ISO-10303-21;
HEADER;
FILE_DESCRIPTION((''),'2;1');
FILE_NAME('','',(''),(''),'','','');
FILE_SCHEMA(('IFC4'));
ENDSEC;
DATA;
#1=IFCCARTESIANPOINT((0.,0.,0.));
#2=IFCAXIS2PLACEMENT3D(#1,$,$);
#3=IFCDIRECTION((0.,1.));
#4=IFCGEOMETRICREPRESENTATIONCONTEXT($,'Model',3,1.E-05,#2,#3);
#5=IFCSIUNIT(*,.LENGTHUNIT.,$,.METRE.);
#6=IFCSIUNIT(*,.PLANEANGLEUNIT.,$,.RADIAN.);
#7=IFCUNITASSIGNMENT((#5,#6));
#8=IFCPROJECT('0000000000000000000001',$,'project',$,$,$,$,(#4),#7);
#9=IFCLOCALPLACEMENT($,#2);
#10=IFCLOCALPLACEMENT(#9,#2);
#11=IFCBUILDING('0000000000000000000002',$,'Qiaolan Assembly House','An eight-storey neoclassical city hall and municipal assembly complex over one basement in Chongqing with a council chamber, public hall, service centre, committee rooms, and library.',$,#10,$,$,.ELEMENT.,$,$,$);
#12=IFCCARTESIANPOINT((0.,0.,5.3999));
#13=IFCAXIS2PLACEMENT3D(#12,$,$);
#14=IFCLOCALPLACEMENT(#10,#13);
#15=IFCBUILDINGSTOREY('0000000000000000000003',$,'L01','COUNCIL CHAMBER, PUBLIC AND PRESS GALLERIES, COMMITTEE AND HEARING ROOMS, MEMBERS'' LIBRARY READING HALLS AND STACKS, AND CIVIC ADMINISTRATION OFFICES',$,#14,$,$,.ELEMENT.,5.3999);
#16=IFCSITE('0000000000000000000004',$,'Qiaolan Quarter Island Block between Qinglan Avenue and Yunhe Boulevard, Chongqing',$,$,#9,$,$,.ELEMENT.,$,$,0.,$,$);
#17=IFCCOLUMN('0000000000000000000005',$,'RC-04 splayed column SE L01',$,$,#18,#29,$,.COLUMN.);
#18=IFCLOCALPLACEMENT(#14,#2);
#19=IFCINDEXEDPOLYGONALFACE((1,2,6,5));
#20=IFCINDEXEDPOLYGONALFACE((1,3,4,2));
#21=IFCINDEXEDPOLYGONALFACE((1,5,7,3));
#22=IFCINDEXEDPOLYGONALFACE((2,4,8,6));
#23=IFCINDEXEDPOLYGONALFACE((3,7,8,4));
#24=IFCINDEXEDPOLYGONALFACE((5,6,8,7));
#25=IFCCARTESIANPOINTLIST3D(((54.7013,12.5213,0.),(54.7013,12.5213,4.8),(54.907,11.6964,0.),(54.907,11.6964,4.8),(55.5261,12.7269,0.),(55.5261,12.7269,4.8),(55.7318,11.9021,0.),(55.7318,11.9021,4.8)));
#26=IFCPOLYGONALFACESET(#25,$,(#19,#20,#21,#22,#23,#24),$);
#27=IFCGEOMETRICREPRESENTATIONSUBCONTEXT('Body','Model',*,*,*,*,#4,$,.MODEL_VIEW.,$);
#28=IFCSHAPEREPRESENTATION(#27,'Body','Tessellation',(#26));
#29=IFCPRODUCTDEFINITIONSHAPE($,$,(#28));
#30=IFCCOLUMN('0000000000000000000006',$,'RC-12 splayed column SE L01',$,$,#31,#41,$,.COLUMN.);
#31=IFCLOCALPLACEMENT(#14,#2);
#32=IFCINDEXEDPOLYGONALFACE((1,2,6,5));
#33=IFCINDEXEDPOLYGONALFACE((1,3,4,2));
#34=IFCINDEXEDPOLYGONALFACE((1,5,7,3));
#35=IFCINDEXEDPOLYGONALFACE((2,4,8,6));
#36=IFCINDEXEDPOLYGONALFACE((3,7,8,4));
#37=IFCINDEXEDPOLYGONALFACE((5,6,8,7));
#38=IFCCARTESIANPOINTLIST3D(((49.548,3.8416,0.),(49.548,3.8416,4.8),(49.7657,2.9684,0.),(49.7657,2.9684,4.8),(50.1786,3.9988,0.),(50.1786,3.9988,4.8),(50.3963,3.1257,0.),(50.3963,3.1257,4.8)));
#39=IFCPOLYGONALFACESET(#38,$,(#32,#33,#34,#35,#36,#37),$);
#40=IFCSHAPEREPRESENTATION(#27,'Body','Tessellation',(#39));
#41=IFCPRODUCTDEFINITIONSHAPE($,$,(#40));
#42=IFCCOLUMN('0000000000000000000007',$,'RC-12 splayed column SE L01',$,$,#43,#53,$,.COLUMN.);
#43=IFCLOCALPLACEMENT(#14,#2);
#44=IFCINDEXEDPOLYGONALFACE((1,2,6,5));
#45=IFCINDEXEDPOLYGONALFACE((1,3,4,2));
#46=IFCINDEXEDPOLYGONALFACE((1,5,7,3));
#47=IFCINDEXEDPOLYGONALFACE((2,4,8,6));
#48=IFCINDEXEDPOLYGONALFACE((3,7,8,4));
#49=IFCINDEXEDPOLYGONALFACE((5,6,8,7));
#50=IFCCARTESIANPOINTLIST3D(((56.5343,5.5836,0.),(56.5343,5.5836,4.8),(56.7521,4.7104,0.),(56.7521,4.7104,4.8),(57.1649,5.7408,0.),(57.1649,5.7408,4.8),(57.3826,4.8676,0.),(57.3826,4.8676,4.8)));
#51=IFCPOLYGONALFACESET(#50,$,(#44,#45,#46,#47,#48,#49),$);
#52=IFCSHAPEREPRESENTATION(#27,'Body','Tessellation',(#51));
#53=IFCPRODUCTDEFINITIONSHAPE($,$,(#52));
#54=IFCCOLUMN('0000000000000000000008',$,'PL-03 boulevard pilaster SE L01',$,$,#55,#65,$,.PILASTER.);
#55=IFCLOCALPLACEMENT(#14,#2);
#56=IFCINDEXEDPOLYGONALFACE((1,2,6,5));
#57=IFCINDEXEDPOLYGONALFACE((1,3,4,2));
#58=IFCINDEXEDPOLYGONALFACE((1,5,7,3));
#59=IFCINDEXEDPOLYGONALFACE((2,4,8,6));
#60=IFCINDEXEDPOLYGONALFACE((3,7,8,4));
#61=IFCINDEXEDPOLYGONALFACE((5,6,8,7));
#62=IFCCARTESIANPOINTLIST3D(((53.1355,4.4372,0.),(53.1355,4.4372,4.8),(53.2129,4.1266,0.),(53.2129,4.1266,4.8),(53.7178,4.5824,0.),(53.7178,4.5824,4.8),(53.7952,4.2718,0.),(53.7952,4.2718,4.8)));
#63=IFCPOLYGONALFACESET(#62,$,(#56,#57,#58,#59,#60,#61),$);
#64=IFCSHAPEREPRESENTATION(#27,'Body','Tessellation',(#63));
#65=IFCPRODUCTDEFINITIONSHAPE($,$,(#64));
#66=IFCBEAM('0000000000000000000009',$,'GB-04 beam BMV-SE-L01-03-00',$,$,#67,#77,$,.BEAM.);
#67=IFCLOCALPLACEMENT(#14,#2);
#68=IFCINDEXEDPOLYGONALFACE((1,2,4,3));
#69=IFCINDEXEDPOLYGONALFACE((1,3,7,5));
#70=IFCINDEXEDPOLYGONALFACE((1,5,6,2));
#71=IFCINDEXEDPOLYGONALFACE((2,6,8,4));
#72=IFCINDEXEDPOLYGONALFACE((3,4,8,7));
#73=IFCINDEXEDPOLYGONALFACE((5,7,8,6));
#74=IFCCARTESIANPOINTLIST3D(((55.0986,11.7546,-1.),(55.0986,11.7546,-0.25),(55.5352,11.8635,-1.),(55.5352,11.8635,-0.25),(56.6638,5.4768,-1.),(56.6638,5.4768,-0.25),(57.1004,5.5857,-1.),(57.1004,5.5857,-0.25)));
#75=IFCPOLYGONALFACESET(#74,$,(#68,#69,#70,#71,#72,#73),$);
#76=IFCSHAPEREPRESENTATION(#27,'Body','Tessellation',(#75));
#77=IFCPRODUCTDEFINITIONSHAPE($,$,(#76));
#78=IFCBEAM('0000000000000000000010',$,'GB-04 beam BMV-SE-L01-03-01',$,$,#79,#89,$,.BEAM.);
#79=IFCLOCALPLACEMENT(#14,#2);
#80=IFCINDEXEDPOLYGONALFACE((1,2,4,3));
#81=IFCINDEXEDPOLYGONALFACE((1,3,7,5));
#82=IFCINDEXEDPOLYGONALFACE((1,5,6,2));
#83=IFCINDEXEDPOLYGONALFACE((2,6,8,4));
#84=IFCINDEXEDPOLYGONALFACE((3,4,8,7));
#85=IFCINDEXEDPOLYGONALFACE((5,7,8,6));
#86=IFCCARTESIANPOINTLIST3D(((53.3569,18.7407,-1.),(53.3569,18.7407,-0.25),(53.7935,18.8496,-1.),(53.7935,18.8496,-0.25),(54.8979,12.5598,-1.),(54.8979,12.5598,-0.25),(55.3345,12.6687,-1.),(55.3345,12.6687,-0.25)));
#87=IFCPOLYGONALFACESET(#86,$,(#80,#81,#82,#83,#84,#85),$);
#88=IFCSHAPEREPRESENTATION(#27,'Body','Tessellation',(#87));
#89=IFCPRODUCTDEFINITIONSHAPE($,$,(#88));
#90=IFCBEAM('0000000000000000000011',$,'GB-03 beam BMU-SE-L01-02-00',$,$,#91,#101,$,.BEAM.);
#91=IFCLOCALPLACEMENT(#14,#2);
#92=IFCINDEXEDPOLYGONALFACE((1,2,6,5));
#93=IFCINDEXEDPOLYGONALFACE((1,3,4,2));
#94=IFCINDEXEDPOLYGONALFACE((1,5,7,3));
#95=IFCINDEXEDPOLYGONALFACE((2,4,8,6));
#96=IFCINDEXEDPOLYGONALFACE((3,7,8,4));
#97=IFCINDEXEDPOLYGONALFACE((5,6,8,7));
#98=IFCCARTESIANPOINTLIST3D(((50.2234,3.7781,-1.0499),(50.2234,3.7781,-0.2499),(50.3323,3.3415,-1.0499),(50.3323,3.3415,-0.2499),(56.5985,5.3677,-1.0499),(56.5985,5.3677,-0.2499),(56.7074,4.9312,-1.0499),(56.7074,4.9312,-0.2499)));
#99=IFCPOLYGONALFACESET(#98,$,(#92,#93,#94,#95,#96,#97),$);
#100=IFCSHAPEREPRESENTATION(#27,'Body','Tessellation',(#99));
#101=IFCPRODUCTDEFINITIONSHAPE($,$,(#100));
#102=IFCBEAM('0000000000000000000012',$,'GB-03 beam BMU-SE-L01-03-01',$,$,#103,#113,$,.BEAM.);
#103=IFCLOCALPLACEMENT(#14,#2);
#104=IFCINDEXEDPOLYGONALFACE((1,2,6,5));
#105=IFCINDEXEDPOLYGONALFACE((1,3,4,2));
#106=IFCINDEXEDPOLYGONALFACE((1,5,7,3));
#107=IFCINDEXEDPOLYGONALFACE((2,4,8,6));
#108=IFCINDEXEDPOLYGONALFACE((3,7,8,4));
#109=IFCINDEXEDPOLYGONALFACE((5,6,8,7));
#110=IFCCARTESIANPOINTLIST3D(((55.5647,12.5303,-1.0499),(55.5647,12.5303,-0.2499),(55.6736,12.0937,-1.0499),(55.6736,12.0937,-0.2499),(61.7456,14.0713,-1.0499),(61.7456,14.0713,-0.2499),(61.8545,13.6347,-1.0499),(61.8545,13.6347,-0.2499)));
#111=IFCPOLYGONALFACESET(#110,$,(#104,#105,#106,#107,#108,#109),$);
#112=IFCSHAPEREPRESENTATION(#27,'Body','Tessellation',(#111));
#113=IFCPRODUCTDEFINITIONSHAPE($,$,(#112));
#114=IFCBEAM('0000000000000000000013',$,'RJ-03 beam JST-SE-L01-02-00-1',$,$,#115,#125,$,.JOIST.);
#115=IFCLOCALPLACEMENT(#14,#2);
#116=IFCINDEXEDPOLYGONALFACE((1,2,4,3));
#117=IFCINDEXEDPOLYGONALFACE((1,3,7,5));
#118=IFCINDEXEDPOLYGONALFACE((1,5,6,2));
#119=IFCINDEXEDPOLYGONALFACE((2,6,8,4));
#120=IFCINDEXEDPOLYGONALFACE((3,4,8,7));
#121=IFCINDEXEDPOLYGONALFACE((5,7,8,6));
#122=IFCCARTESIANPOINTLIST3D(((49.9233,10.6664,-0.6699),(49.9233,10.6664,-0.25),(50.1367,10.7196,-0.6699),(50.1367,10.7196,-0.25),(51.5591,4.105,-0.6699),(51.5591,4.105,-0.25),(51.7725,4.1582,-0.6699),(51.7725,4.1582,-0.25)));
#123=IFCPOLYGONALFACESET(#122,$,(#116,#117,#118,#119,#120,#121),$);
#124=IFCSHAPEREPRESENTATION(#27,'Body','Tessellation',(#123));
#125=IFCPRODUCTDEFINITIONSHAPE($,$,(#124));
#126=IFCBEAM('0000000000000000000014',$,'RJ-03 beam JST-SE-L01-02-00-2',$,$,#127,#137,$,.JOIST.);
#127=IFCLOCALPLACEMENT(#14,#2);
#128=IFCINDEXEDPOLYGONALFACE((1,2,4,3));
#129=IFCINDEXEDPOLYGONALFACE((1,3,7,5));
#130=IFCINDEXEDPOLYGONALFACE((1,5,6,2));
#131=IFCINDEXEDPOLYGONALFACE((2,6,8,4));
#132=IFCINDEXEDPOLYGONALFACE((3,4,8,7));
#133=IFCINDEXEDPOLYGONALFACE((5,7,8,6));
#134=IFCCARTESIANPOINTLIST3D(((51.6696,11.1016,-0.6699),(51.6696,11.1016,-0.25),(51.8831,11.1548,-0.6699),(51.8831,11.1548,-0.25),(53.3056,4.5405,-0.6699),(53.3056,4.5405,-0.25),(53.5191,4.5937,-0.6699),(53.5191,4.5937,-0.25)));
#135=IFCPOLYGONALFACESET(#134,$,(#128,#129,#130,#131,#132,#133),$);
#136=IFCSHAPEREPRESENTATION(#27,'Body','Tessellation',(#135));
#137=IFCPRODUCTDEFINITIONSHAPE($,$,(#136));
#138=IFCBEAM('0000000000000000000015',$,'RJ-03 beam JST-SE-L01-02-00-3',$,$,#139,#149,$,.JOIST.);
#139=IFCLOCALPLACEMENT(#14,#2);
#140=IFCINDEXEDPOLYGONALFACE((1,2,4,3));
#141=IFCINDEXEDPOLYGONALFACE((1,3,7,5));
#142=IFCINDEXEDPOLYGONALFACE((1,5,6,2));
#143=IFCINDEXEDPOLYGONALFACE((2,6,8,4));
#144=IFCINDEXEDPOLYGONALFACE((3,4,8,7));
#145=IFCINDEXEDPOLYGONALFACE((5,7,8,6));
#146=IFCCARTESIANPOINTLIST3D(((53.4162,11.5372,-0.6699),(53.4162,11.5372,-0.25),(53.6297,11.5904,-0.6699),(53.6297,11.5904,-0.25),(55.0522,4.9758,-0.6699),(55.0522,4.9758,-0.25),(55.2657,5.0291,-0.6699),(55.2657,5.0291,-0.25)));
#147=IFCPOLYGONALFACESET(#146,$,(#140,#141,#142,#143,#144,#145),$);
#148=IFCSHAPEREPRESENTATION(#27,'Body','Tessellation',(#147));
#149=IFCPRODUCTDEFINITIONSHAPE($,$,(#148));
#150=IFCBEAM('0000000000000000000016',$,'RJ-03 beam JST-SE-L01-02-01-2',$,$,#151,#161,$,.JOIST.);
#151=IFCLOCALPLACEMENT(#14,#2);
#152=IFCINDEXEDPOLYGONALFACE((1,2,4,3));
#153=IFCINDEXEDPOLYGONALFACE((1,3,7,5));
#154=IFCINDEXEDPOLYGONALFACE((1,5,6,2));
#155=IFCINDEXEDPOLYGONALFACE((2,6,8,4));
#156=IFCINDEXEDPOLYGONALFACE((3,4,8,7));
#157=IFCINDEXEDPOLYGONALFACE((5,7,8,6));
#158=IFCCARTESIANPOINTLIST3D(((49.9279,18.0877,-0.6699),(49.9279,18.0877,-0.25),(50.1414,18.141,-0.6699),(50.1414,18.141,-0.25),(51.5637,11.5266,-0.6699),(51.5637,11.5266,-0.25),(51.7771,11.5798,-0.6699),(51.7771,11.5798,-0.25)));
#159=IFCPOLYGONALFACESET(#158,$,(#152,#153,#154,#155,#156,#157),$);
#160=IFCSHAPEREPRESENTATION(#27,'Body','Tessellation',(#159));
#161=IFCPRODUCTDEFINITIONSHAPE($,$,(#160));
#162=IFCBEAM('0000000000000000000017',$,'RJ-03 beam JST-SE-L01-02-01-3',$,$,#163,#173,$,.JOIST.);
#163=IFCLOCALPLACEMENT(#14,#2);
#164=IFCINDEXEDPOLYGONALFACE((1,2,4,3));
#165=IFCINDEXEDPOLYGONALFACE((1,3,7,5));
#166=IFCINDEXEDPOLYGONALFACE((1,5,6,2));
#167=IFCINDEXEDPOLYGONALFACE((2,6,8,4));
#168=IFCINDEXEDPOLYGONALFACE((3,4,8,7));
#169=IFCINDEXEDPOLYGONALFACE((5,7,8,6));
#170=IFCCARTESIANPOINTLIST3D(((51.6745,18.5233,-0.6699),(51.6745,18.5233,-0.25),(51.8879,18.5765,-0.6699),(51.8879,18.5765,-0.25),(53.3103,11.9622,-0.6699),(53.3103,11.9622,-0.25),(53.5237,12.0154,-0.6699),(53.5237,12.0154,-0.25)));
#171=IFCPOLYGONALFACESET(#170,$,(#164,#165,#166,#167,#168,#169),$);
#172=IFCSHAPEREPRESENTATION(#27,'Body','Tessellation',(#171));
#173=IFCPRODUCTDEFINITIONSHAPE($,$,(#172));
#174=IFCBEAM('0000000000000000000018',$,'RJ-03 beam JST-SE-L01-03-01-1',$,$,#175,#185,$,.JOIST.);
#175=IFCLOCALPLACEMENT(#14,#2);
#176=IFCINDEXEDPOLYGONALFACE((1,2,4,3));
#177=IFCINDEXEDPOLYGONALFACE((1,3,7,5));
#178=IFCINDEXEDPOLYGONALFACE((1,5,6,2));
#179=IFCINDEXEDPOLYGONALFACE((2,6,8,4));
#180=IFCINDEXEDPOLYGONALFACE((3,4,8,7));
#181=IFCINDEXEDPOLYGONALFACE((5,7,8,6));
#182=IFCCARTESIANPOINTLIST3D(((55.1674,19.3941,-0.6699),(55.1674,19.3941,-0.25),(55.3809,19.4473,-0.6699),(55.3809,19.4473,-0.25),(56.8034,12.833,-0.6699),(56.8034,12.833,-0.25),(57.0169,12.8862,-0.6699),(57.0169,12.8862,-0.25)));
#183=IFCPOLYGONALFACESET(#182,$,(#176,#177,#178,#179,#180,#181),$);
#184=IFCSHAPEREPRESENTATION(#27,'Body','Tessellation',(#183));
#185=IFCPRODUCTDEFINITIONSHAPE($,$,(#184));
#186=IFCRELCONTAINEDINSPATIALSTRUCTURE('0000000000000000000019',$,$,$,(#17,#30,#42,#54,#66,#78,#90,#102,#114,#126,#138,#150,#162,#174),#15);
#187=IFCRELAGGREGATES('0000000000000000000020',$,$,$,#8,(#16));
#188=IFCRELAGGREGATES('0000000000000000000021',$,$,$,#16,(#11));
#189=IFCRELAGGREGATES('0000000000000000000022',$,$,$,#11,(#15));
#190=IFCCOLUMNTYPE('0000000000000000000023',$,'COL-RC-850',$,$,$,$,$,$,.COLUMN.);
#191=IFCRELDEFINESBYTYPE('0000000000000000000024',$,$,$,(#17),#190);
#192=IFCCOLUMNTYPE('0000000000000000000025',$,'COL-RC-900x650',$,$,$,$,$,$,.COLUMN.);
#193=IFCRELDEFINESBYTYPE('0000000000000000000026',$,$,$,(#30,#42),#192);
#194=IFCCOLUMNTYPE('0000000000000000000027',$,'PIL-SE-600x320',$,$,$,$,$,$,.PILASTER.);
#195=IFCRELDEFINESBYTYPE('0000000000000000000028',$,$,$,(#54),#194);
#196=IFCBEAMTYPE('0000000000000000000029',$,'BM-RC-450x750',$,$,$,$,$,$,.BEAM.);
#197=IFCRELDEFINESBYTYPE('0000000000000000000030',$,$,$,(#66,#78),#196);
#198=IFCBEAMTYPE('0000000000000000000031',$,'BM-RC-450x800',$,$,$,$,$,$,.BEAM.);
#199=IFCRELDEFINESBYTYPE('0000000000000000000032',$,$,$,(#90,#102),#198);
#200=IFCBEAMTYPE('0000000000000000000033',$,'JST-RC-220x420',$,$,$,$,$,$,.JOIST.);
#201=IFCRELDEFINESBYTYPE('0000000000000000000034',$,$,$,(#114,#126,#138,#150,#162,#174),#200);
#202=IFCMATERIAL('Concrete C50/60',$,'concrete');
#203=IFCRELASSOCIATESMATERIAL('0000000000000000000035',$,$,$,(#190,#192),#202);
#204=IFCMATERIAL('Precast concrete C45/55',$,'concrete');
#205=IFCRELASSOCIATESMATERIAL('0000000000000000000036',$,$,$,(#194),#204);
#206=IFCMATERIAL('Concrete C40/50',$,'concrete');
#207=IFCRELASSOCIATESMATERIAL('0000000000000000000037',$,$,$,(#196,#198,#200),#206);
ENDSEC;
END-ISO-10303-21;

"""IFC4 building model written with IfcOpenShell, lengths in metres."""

from ifc_helpers import new_model, si_unit, direction, frame, origin, origin_2d, place, context, subcontext, project, spatial, rectangle, extrude, material, material_profile, profile_set, type_object, element, save


model = new_model("IFC4")

# Units and contexts
model_context = context("Model", 3, precision=1e-05, world=origin(), true_north=direction((0.0, 1.0)))
body_context = subcontext(model_context, "Body", "Model", "MODEL_VIEW")
ifc_project = project(units=[si_unit("LENGTHUNIT", "METRE"), si_unit("PLANEANGLEUNIT", "RADIAN")], contexts=[model_context])

# Site, building, storey
site_placement = place(None, origin())
site = spatial("IfcSite", under=ifc_project, at=site_placement, Name="Qiaolan Quarter Island Block between Qinglan Avenue and Yunhe Boulevard, Chongqing", CompositionType="ELEMENT", RefElevation=0.0)
building_placement = place(site_placement, origin())
building = spatial("IfcBuilding", under=site, at=building_placement, Name="Qiaolan Assembly House", Description="An eight-storey neoclassical city hall and municipal assembly complex over one basement in Chongqing with a council chamber, public hall, service centre, committee rooms, and library.", CompositionType="ELEMENT")
storey_placement = place(building_placement, frame((0.0, 0.0, 5.3999)))
storey = spatial("IfcBuildingStorey", under=building, at=storey_placement, Name="L01", Description="COUNCIL CHAMBER, PUBLIC AND PRESS GALLERIES, COMMITTEE AND HEARING ROOMS, MEMBERS' LIBRARY READING HALLS AND STACKS, AND CIVIC ADMINISTRATION OFFICES", CompositionType="ELEMENT", Elevation=5.3999)

# Columns
ifc_material_1 = material(Name="Concrete C50/60", Category="concrete")
ifc_material_profile_1 = material_profile(ifc_material_1, rectangle(XDim=0.8501, YDim=0.8501, at=origin_2d()), Name="RC 850x850")
ifc_profile_set_1 = profile_set([ifc_material_profile_1], Name="Concrete C50/60")
column_type_1 = type_object("IfcColumnType", Name="COL-RC-850", PredefinedType="COLUMN", material=ifc_profile_set_1)
column_1_placement = place(storey_placement, frame((55.2166, 12.2117, 0.0), z_axis=(0.0, 0.0, 1.0), x_axis=(0.970296, 0.241922, 0.0)))
element("IfcColumn", 1, at=column_1_placement, inside=storey, type_object=column_type_1, Name="RC-04 splayed column SE L01", PredefinedType="COLUMN", context=body_context, shape_type="SweptSolid", body=[
    extrude(rectangle(XDim=0.8501, YDim=0.8501, at=origin_2d()), origin(), (0.0, 0.0, 1.0), 4.8),
])
ifc_material_profile_2 = material_profile(ifc_material_1, rectangle(XDim=0.6499, YDim=0.8999, at=origin_2d()), Name="RC 900x650")
ifc_profile_set_2 = profile_set([ifc_material_profile_2], Name="Concrete C50/60")
column_type_2 = type_object("IfcColumnType", Name="COL-RC-900x650", PredefinedType="COLUMN", material=ifc_profile_set_2)
for number, where, z_axis, x_axis, name in (
    (2, (49.9722, 3.4836, 0.0), (0.0, 0.0, 1.0), (0.970296, 0.241922, 0.0), "RC-12 splayed column SE L01"),
    (3, (56.9585, 5.2256, 0.0), (0.0, 0.0, 1.0), (0.970296, 0.241922, 0.0), "RC-12 splayed column SE L01"),
):
    element("IfcColumn", number, at=place(storey_placement, frame(where, z_axis=z_axis, x_axis=x_axis)), inside=storey, type_object=column_type_2, Name=name, PredefinedType="COLUMN", context=body_context, shape_type="SweptSolid", body=[
        extrude(rectangle(XDim=0.6499, YDim=0.8999, at=origin_2d()), origin(), (0.0, 0.0, 1.0), 4.8),
    ])
ifc_material_2 = material(Name="Precast concrete C45/55", Category="concrete")
ifc_material_profile_3 = material_profile(ifc_material_2, rectangle(XDim=0.6001, YDim=0.3201, at=origin_2d()), Name="PIL 600x320")
ifc_profile_set_3 = profile_set([ifc_material_profile_3], Name="Precast concrete C45/55")
column_type_3 = type_object("IfcColumnType", Name="PIL-SE-600x320", PredefinedType="PILASTER", material=ifc_profile_set_3)
column_2_placement = place(storey_placement, frame((53.4653, 4.3545, 0.0), z_axis=(0.0, 0.0, 1.0), x_axis=(0.970296, 0.241922, 0.0)))
element("IfcColumn", 4, at=column_2_placement, inside=storey, type_object=column_type_3, Name="PL-03 boulevard pilaster SE L01", PredefinedType="PILASTER", context=body_context, shape_type="SweptSolid", body=[
    extrude(rectangle(XDim=0.6001, YDim=0.3201, at=origin_2d()), origin(), (0.0, 0.0, 1.0), 4.8),
])

# Beams
ifc_material_3 = material(Name="Concrete C40/50", Category="concrete")
ifc_material_profile_4 = material_profile(ifc_material_3, rectangle(XDim=0.45, YDim=0.75, at=origin_2d()), Name="RCB 450x750")
ifc_profile_set_4 = profile_set([ifc_material_profile_4], Name="Concrete C40/50")
beam_type_1 = type_object("IfcBeamType", Name="BM-RC-450x750", PredefinedType="BEAM", material=ifc_profile_set_4)
beam_1_placement = place(storey_placement, frame((56.8821, 5.5312, -0.625), z_axis=(-0.241914, 0.970298, 0.0), x_axis=(-0.970298, -0.241914, 0.0)))
element("IfcBeam", 5, at=beam_1_placement, inside=storey, type_object=beam_type_1, Name="GB-04 beam BMV-SE-L01-03-00", PredefinedType="BEAM", context=body_context, shape_type="SweptSolid", body=[
    extrude(rectangle(XDim=0.45, YDim=0.75, at=origin_2d()), origin(), (0.0, 0.0, 1.0), 6.47),
])
beam_2_placement = place(storey_placement, frame((55.1162, 12.6143, -0.625), z_axis=(-0.241913, 0.970298, 0.0), x_axis=(-0.970298, -0.241913, 0.0)))
element("IfcBeam", 6, at=beam_2_placement, inside=storey, type_object=beam_type_1, Name="GB-04 beam BMV-SE-L01-03-01", PredefinedType="BEAM", context=body_context, shape_type="SweptSolid", body=[
    extrude(rectangle(XDim=0.45, YDim=0.75, at=origin_2d()), origin(), (0.0, 0.0, 1.0), 6.3701),
])
ifc_material_profile_5 = material_profile(ifc_material_3, rectangle(XDim=0.45, YDim=0.8, at=origin_2d()), Name="RCB 450x800")
ifc_profile_set_5 = profile_set([ifc_material_profile_5], Name="Concrete C40/50")
beam_type_2 = type_object("IfcBeamType", Name="BM-RC-450x800", PredefinedType="BEAM", material=ifc_profile_set_5)
beam_3_placement = place(storey_placement, frame((50.2778, 3.5598, -0.6499), z_axis=(0.970291, 0.241941, 0.0), x_axis=(-0.241941, 0.970291, 0.0)))
element("IfcBeam", 7, at=beam_3_placement, inside=storey, type_object=beam_type_2, Name="GB-03 beam BMU-SE-L01-02-00", PredefinedType="BEAM", context=body_context, shape_type="SweptSolid", body=[
    extrude(rectangle(XDim=0.45, YDim=0.8, at=origin_2d()), origin(), (0.0, 0.0, 1.0), 6.5703),
])
beam_4_placement = place(storey_placement, frame((55.6191, 12.312, -0.6499), z_axis=(0.970298, 0.241913, 0.0), x_axis=(-0.241913, 0.970298, 0.0)))
element("IfcBeam", 8, at=beam_4_placement, inside=storey, type_object=beam_type_2, Name="GB-03 beam BMU-SE-L01-03-01", PredefinedType="BEAM", context=body_context, shape_type="SweptSolid", body=[
    extrude(rectangle(XDim=0.45, YDim=0.8, at=origin_2d()), origin(), (0.0, 0.0, 1.0), 6.3701),
])
ifc_material_profile_6 = material_profile(ifc_material_3, rectangle(XDim=0.22, YDim=0.4199, at=origin_2d()), Name="RCB 220x420")
ifc_profile_set_6 = profile_set([ifc_material_profile_6], Name="Concrete C40/50")
beam_type_3 = type_object("IfcBeamType", Name="JST-RC-220x420", PredefinedType="JOIST", material=ifc_profile_set_6)
beam_5_placement = place(storey_placement, frame((51.6658, 4.1316, -0.46), z_axis=(-0.241898, 0.970302, 0.0), x_axis=(-0.970302, -0.241898, 0.0)))
element("IfcBeam", 9, at=beam_5_placement, inside=storey, type_object=beam_type_3, Name="RJ-03 beam JST-SE-L01-02-00-1", PredefinedType="JOIST", context=body_context, shape_type="SweptSolid", body=[
    extrude(rectangle(XDim=0.22, YDim=0.4199, at=origin_2d()), origin(), (0.0, 0.0, 1.0), 6.7622),
])
beam_6_placement = place(storey_placement, frame((53.4124, 4.5671, -0.46), z_axis=(-0.241941, 0.970291, 0.0), x_axis=(-0.970291, -0.241941, 0.0)))
element("IfcBeam", 10, at=beam_6_placement, inside=storey, type_object=beam_type_3, Name="RJ-03 beam JST-SE-L01-02-00-2", PredefinedType="JOIST", context=body_context, shape_type="SweptSolid", body=[
    extrude(rectangle(XDim=0.22, YDim=0.4199, at=origin_2d()), origin(), (0.0, 0.0, 1.0), 6.762),
])
beam_7_placement = place(storey_placement, frame((55.1589, 5.0024, -0.46), z_axis=(-0.241932, 0.970293, 0.0), x_axis=(-0.970293, -0.241932, 0.0)))
element("IfcBeam", 11, at=beam_7_placement, inside=storey, type_object=beam_type_3, Name="RJ-03 beam JST-SE-L01-02-00-3", PredefinedType="JOIST", context=body_context, shape_type="SweptSolid", body=[
    extrude(rectangle(XDim=0.22, YDim=0.4199, at=origin_2d()), origin(), (0.0, 0.0, 1.0), 6.7622),
])
for number, where, z_axis, x_axis, name in (
    (12, (51.6704, 11.5532, -0.46), (-0.241907, 0.970299, 0.0), (-0.970299, -0.241907, 0.0), "RJ-03 beam JST-SE-L01-02-01-2"),
    (13, (53.417, 11.9888, -0.46), (-0.241907, 0.970299, 0.0), (-0.970299, -0.241907, 0.0), "RJ-03 beam JST-SE-L01-02-01-3"),
    (14, (56.9102, 12.8596, -0.46), (-0.241941, 0.970291, 0.0), (-0.970291, -0.241941, 0.0), "RJ-03 beam JST-SE-L01-03-01-1"),
):
    element("IfcBeam", number, at=place(storey_placement, frame(where, z_axis=z_axis, x_axis=x_axis)), inside=storey, type_object=beam_type_3, Name=name, PredefinedType="JOIST", context=body_context, shape_type="SweptSolid", body=[
        extrude(rectangle(XDim=0.22, YDim=0.4199, at=origin_2d()), origin(), (0.0, 0.0, 1.0), 6.762),
    ])

save(model, "model.ifc")
